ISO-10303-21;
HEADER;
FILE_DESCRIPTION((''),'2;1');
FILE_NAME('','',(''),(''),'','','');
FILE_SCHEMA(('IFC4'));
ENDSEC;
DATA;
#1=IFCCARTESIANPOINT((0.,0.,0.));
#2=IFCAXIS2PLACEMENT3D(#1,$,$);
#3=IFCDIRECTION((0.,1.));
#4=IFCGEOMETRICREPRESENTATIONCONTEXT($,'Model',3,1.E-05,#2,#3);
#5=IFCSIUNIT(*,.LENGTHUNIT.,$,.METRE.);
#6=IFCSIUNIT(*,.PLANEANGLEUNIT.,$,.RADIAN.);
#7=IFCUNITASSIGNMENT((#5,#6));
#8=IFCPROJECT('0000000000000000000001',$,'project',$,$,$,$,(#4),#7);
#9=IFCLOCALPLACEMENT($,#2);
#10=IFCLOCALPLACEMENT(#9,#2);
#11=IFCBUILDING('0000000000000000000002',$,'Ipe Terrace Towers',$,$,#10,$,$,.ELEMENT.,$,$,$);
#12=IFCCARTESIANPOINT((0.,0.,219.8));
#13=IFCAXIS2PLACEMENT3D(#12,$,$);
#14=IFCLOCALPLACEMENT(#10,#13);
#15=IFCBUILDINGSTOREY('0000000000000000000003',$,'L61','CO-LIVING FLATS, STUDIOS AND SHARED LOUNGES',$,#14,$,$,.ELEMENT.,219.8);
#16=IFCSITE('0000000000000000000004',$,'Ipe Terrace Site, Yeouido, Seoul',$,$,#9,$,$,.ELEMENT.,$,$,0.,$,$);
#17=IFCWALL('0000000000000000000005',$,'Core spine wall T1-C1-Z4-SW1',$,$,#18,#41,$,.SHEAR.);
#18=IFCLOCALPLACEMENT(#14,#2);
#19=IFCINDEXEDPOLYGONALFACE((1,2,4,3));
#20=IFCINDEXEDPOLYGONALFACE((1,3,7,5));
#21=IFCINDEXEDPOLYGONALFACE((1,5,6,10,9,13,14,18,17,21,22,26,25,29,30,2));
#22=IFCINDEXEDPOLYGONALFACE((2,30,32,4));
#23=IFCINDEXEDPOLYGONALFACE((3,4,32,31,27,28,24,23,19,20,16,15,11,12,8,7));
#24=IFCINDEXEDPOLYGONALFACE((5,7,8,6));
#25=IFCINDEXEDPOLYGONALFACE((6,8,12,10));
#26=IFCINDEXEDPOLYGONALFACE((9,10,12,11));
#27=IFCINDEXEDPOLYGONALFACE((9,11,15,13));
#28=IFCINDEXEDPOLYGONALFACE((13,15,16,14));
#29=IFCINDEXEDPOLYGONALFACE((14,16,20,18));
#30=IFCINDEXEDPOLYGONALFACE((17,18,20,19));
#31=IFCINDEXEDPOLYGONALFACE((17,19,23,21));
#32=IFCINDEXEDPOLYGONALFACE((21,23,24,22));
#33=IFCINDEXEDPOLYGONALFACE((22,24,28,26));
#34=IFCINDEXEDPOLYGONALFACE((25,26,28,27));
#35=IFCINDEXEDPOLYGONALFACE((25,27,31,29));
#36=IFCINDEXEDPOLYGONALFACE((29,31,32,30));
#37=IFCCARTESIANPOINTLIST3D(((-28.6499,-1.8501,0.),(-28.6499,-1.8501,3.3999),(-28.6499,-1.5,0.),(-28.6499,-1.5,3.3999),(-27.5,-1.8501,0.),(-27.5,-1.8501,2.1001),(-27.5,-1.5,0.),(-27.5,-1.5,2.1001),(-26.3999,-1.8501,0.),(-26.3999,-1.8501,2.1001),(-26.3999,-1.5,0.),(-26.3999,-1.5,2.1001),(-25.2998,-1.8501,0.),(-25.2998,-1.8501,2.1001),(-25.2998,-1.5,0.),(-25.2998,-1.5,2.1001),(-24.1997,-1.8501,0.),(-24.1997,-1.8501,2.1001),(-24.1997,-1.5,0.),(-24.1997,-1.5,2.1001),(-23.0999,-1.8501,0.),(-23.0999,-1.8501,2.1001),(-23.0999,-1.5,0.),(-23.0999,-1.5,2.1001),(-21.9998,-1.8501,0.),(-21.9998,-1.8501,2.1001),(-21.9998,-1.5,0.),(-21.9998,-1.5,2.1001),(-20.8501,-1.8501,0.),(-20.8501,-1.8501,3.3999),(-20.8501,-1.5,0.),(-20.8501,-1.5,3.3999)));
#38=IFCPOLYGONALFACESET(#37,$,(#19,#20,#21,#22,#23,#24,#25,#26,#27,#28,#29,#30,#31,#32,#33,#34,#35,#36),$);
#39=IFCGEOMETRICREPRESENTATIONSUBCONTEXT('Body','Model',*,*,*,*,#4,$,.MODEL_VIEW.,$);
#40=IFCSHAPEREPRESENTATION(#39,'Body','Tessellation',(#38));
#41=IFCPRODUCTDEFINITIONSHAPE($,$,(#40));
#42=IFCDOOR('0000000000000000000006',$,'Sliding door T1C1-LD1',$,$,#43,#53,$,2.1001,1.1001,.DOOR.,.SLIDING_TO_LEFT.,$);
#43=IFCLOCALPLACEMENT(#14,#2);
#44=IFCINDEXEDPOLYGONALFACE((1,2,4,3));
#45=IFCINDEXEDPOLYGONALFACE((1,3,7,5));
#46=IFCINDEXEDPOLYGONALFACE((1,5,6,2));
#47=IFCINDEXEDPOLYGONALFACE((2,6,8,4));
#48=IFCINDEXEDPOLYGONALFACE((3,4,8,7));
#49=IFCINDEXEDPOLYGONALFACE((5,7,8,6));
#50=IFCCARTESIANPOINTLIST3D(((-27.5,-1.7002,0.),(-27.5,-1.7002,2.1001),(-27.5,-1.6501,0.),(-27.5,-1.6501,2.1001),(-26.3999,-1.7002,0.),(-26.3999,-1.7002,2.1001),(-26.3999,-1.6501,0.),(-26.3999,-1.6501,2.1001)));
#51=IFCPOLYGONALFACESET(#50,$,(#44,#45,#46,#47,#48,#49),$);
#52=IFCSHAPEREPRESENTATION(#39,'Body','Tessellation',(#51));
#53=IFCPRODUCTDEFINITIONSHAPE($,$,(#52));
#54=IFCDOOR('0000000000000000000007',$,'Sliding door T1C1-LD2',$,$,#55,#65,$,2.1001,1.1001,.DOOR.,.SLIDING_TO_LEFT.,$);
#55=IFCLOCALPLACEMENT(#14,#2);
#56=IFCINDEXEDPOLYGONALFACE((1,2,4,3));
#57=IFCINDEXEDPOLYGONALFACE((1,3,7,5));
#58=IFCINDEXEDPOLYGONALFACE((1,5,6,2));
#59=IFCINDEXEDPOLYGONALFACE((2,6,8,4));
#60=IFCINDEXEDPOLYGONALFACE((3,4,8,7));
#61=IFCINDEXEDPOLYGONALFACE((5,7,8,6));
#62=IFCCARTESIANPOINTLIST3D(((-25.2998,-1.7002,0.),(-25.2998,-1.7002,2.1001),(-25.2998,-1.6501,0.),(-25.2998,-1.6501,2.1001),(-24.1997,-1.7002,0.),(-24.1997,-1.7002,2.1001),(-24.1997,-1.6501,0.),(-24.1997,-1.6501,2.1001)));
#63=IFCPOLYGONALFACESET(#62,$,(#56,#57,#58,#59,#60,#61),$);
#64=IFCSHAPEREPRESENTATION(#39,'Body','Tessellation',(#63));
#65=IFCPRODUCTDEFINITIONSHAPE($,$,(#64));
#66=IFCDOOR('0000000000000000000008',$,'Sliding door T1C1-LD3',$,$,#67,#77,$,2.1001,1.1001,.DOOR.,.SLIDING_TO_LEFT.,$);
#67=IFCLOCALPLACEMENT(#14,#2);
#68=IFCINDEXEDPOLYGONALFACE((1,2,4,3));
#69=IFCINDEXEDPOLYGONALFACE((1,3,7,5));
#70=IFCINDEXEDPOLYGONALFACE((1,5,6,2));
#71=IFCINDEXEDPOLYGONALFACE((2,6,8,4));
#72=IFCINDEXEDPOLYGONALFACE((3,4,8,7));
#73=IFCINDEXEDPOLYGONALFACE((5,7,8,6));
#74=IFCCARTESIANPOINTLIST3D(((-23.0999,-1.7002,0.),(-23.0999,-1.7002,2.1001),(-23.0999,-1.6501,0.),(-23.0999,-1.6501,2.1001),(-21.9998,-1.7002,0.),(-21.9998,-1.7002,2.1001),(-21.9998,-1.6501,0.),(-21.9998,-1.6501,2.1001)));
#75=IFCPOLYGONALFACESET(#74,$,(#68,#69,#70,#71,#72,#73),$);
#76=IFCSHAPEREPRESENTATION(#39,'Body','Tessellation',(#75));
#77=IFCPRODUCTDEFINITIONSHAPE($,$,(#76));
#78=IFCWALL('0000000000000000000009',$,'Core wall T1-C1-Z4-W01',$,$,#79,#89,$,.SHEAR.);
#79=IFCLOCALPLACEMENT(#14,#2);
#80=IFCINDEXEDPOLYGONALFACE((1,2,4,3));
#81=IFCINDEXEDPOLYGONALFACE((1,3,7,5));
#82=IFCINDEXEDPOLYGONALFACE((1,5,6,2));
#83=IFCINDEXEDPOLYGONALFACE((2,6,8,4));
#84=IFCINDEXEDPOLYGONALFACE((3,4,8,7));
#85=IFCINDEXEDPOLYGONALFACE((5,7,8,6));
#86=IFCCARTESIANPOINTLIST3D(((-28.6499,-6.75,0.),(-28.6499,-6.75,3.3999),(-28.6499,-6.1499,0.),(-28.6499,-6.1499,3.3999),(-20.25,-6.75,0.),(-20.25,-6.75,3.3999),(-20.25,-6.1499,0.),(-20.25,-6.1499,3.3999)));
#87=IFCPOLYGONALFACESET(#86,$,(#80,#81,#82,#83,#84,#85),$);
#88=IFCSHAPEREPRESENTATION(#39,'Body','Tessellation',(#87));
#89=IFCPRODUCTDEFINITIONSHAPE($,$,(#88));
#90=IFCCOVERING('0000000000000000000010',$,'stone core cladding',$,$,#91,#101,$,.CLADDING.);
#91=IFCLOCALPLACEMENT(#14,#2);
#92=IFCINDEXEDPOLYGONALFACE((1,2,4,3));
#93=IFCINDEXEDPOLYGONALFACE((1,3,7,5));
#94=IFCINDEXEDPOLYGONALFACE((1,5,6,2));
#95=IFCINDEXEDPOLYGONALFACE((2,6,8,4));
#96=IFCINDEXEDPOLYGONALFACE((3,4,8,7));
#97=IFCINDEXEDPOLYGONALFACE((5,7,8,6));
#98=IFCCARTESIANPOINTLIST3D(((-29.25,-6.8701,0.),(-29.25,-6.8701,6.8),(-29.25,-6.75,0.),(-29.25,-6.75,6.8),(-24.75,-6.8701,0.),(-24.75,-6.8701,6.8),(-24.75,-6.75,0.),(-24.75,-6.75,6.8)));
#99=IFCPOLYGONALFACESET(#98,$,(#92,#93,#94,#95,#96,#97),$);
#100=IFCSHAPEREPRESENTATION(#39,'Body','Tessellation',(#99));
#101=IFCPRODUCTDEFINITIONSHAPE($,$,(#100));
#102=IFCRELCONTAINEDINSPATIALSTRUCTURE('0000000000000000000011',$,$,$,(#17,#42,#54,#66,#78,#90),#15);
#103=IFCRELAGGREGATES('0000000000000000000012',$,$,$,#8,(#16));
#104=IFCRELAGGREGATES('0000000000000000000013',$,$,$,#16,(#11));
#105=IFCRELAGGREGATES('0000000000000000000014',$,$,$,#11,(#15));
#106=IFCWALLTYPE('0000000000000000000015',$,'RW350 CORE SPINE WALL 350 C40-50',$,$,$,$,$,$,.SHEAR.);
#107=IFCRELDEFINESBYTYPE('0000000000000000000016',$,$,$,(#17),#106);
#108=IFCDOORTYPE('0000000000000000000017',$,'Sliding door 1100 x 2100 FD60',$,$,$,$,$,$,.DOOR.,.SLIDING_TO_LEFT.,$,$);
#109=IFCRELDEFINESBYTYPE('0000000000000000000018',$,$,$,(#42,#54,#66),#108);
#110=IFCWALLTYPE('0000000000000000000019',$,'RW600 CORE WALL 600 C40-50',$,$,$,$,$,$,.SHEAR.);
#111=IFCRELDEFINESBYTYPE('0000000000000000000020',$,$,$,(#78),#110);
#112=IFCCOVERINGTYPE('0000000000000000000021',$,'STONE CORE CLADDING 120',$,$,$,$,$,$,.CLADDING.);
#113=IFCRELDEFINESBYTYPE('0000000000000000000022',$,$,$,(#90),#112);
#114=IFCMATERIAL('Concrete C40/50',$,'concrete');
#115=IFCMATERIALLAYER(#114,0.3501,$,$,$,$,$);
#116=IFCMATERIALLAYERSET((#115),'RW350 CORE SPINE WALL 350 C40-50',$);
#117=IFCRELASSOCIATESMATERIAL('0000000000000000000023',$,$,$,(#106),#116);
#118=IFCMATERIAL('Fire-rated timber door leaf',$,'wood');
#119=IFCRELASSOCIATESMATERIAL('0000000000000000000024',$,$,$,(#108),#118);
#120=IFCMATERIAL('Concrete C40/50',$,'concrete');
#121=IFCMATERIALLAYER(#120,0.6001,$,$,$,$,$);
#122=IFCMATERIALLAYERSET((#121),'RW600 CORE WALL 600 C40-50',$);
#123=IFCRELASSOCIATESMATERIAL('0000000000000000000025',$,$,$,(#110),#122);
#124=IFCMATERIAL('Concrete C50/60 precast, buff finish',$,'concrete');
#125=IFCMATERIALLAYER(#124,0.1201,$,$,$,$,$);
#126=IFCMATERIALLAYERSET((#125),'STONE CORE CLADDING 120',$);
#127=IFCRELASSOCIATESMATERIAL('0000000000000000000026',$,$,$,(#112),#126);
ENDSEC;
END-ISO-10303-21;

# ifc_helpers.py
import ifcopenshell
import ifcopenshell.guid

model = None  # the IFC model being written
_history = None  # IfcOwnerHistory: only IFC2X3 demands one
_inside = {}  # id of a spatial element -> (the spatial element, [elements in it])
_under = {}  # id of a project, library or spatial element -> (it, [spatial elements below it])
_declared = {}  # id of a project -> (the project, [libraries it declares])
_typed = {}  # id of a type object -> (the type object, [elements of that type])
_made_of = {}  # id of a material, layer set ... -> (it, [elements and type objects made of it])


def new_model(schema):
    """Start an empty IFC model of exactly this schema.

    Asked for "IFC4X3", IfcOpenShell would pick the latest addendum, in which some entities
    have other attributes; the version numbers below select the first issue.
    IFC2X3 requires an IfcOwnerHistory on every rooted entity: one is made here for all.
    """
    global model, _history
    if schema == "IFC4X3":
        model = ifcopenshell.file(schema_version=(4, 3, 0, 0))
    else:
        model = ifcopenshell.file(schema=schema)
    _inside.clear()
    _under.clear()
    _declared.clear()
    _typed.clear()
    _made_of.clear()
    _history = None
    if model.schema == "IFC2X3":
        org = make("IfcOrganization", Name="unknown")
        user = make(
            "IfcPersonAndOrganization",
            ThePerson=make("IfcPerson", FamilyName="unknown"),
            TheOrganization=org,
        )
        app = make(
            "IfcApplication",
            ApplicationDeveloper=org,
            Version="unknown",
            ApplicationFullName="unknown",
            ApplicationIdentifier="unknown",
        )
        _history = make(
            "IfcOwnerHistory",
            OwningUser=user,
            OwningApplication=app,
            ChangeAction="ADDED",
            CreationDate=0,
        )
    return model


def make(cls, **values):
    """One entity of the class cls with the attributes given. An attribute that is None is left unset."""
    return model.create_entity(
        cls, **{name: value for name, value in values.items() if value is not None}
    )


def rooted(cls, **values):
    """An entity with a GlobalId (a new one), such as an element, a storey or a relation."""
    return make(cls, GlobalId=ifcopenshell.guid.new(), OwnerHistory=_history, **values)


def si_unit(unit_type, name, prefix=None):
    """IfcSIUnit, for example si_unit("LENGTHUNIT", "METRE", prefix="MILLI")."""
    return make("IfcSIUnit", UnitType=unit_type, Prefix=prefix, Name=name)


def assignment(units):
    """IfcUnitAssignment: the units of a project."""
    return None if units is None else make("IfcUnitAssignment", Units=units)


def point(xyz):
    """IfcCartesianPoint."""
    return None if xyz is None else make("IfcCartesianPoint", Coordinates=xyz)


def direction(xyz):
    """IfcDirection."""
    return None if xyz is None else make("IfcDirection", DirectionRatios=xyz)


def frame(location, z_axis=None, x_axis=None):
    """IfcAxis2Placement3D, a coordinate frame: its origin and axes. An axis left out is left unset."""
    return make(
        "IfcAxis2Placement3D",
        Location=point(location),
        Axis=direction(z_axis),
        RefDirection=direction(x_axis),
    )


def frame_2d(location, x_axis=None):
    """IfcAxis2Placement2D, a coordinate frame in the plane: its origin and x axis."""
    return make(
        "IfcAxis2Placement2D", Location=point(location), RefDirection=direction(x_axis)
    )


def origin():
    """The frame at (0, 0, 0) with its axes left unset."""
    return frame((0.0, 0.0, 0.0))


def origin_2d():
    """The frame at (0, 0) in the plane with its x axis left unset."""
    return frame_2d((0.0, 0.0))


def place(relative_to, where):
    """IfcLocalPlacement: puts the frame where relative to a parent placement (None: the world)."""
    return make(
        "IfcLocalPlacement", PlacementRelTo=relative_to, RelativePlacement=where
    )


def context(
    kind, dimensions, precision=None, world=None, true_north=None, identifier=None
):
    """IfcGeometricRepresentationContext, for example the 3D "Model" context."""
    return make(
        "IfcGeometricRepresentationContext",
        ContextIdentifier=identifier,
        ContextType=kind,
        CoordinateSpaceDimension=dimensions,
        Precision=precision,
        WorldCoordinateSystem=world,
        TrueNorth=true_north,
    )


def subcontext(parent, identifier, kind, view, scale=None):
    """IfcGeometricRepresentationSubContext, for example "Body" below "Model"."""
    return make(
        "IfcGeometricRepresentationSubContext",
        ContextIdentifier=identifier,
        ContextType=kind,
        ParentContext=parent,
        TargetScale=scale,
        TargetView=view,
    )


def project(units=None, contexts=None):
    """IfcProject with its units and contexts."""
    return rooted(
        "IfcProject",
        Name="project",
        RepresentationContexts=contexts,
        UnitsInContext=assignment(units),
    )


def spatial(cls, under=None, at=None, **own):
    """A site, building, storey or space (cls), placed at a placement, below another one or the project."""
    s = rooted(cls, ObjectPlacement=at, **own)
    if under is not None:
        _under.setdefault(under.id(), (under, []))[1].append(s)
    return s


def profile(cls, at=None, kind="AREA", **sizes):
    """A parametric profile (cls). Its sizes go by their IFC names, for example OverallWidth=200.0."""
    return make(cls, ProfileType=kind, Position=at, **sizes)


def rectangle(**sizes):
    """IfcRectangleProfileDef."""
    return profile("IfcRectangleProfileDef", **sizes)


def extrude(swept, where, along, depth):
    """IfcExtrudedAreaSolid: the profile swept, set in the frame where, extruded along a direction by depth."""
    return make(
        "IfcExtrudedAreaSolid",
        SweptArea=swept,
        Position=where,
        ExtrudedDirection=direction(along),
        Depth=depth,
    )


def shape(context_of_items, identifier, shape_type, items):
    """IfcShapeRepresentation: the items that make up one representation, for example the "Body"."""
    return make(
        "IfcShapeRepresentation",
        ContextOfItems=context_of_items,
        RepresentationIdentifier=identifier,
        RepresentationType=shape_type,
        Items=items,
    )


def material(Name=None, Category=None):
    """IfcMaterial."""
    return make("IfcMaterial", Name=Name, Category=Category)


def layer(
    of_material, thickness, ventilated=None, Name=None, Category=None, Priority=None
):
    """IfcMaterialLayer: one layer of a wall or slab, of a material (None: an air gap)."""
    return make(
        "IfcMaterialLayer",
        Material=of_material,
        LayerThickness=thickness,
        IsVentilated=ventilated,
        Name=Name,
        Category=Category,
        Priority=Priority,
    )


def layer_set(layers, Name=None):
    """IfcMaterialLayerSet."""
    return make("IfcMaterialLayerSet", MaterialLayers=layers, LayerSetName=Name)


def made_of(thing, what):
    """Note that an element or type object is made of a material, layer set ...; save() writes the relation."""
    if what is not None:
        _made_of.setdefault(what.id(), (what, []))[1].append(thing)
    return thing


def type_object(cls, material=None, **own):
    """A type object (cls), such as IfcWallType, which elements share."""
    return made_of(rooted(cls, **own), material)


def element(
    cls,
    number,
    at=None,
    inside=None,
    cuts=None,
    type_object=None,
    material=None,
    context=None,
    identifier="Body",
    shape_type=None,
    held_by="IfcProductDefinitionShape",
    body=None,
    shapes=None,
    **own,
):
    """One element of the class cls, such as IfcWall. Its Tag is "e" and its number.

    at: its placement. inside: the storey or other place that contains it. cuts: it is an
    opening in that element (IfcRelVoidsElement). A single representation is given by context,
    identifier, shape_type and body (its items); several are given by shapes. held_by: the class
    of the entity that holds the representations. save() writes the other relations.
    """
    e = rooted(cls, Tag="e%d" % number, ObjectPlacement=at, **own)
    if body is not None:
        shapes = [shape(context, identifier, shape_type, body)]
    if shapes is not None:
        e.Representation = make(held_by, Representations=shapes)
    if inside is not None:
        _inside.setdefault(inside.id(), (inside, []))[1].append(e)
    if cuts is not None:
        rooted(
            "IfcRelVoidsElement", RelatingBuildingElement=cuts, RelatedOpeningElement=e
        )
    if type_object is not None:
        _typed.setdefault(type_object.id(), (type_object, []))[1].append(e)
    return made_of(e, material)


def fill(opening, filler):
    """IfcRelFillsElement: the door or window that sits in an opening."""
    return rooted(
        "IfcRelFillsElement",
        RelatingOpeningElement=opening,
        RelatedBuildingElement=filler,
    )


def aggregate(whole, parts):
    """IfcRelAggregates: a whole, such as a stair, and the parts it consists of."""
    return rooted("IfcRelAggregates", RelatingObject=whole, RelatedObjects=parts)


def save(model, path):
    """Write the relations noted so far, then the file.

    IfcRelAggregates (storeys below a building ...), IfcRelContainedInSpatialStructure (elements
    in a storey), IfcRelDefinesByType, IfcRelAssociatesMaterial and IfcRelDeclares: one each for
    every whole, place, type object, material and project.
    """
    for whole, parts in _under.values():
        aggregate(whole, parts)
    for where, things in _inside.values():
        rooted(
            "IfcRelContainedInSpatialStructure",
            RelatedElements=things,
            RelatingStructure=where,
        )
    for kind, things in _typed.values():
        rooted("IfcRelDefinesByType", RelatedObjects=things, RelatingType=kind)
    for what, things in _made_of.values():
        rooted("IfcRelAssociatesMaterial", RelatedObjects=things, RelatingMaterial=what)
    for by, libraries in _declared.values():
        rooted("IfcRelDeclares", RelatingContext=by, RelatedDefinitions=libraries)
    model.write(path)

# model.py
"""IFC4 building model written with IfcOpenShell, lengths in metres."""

from ifc_helpers import new_model, si_unit, direction, frame, frame_2d, origin, origin_2d, place, context, subcontext, project, spatial, rectangle, extrude, material, layer, layer_set, type_object, element, fill, save


model = new_model("IFC4")

# Units and contexts
model_context = context("Model", 3, precision=1e-05, world=origin(), true_north=direction((0.0, 1.0)))
body_context = subcontext(model_context, "Body", "Model", "MODEL_VIEW")
ifc_project = project(units=[si_unit("LENGTHUNIT", "METRE"), si_unit("PLANEANGLEUNIT", "RADIAN")], contexts=[model_context])

# Site, building, storey
site_placement = place(None, origin())
site = spatial("IfcSite", under=ifc_project, at=site_placement, Name="Ipe Terrace Site, Yeouido, Seoul", CompositionType="ELEMENT", RefElevation=0.0)
building_placement = place(site_placement, origin())
building = spatial("IfcBuilding", under=site, at=building_placement, Name="Ipe Terrace Towers", CompositionType="ELEMENT")
storey_placement = place(building_placement, frame((0.0, 0.0, 219.8)))
storey = spatial("IfcBuildingStorey", under=building, at=storey_placement, Name="L61", Description="CO-LIVING FLATS, STUDIOS AND SHARED LOUNGES", CompositionType="ELEMENT", Elevation=219.8)

# Wall, openings, doors
ifc_material_1 = material(Name="Concrete C40/50", Category="concrete")
ifc_layer_1 = layer(ifc_material_1, 0.3501)
ifc_layer_set_1 = layer_set([ifc_layer_1], Name="RW350 CORE SPINE WALL 350 C40-50")
wall_type_1 = type_object("IfcWallType", Name="RW350 CORE SPINE WALL 350 C40-50", PredefinedType="SHEAR", material=ifc_layer_set_1)
wall_1_placement = place(storey_placement, frame((-28.6499, -1.675, 0.0), z_axis=(0.0, 0.0, 1.0), x_axis=(1.0, 0.0, 0.0)))
wall_1 = element("IfcWall", 1, at=wall_1_placement, inside=storey, type_object=wall_type_1, Name="Core spine wall T1-C1-Z4-SW1", PredefinedType="SHEAR", context=body_context, shape_type="SweptSolid", body=[
    extrude(rectangle(XDim=7.7998, YDim=0.3501, at=frame_2d((3.8999, 0.0))), origin(), (0.0, 0.0, 1.0), 3.3999),
])
opening_1_placement = place(wall_1_placement, frame((1.1499, 0.0, 0.0)))
opening_1 = element("IfcOpeningElement", 2, at=opening_1_placement, cuts=wall_1, PredefinedType="OPENING", context=body_context, shape_type="SweptSolid", body=[
    extrude(rectangle(XDim=1.1001, YDim=2.1001, at=frame_2d((0.55, 1.05))), frame((0.0, 0.1851, 0.0), z_axis=(0.0, -1.0, 0.0), x_axis=(1.0, 0.0, 0.0)), (0.0, 0.0, 1.0), 0.3701),
])
opening_2_placement = place(wall_1_placement, frame((3.3501, 0.0, 0.0)))
opening_2 = element("IfcOpeningElement", 3, at=opening_2_placement, cuts=wall_1, PredefinedType="OPENING", context=body_context, shape_type="SweptSolid", body=[
    extrude(rectangle(XDim=1.1001, YDim=2.1001, at=frame_2d((0.55, 1.05))), frame((0.0, 0.1851, 0.0), z_axis=(0.0, -1.0, 0.0), x_axis=(1.0, 0.0, 0.0)), (0.0, 0.0, 1.0), 0.3701),
])
opening_3_placement = place(wall_1_placement, frame((5.55, 0.0, 0.0)))
opening_3 = element("IfcOpeningElement", 4, at=opening_3_placement, cuts=wall_1, PredefinedType="OPENING", context=body_context, shape_type="SweptSolid", body=[
    extrude(rectangle(XDim=1.1001, YDim=2.1001, at=frame_2d((0.55, 1.05))), frame((0.0, 0.1851, 0.0), z_axis=(0.0, -1.0, 0.0), x_axis=(1.0, 0.0, 0.0)), (0.0, 0.0, 1.0), 0.3701),
])
ifc_material_2 = material(Name="Fire-rated timber door leaf", Category="wood")
door_type_1 = type_object("IfcDoorType", Name="Sliding door 1100 x 2100 FD60", OperationType="SLIDING_TO_LEFT", PredefinedType="DOOR", material=ifc_material_2)
door_1_placement = place(opening_1_placement, origin())
door_1 = element("IfcDoor", 5, at=door_1_placement, inside=storey, type_object=door_type_1, Name="Sliding door T1C1-LD1", OperationType="SLIDING_TO_LEFT", OverallHeight=2.1001, OverallWidth=1.1001, PredefinedType="DOOR", context=body_context, shape_type="SweptSolid", body=[
    extrude(rectangle(XDim=1.1001, YDim=2.1001, at=frame_2d((0.55, 1.05))), frame((0.0, 0.0249, 0.0), z_axis=(0.0, -1.0, 0.0), x_axis=(1.0, 0.0, 0.0)), (0.0, 0.0, 1.0), 0.05),
])
fill(opening_1, door_1)
door_2_placement = place(opening_2_placement, origin())
door_2 = element("IfcDoor", 6, at=door_2_placement, inside=storey, type_object=door_type_1, Name="Sliding door T1C1-LD2", OperationType="SLIDING_TO_LEFT", OverallHeight=2.1001, OverallWidth=1.1001, PredefinedType="DOOR", context=body_context, shape_type="SweptSolid", body=[
    extrude(rectangle(XDim=1.1001, YDim=2.1001, at=frame_2d((0.55, 1.05))), frame((0.0, 0.0249, 0.0), z_axis=(0.0, -1.0, 0.0), x_axis=(1.0, 0.0, 0.0)), (0.0, 0.0, 1.0), 0.05),
])
fill(opening_2, door_2)
door_3_placement = place(opening_3_placement, origin())
door_3 = element("IfcDoor", 7, at=door_3_placement, inside=storey, type_object=door_type_1, Name="Sliding door T1C1-LD3", OperationType="SLIDING_TO_LEFT", OverallHeight=2.1001, OverallWidth=1.1001, PredefinedType="DOOR", context=body_context, shape_type="SweptSolid", body=[
    extrude(rectangle(XDim=1.1001, YDim=2.1001, at=frame_2d((0.55, 1.05))), frame((0.0, 0.0249, 0.0), z_axis=(0.0, -1.0, 0.0), x_axis=(1.0, 0.0, 0.0)), (0.0, 0.0, 1.0), 0.05),
])
fill(opening_3, door_3)

# Wall
ifc_material_3 = material(Name="Concrete C40/50", Category="concrete")
ifc_layer_2 = layer(ifc_material_3, 0.6001)
ifc_layer_set_2 = layer_set([ifc_layer_2], Name="RW600 CORE WALL 600 C40-50")
wall_type_2 = type_object("IfcWallType", Name="RW600 CORE WALL 600 C40-50", PredefinedType="SHEAR", material=ifc_layer_set_2)
wall_2_placement = place(storey_placement, frame((-28.6499, -6.45, 0.0), z_axis=(0.0, 0.0, 1.0), x_axis=(1.0, 0.0, 0.0)))
element("IfcWall", 8, at=wall_2_placement, inside=storey, type_object=wall_type_2, Name="Core wall T1-C1-Z4-W01", PredefinedType="SHEAR", context=body_context, shape_type="SweptSolid", body=[
    extrude(rectangle(XDim=8.3999, YDim=0.6001, at=frame_2d((4.2, 0.0))), origin(), (0.0, 0.0, 1.0), 3.3999),
])

# Covering
ifc_material_4 = material(Name="Concrete C50/60 precast, buff finish", Category="concrete")
ifc_layer_3 = layer(ifc_material_4, 0.1201)
ifc_layer_set_3 = layer_set([ifc_layer_3], Name="STONE CORE CLADDING 120")
covering_type = type_object("IfcCoveringType", Name="STONE CORE CLADDING 120", PredefinedType="CLADDING", material=ifc_layer_set_3)
covering_placement = place(storey_placement, frame((-27.0, -6.8101, 0.0), z_axis=(0.0, 0.0, 1.0), x_axis=(1.0, 0.0, 0.0)))
element("IfcCovering", 9, at=covering_placement, inside=storey, type_object=covering_type, Name="stone core cladding", PredefinedType="CLADDING", context=body_context, shape_type="SweptSolid", body=[
    extrude(rectangle(XDim=4.5, YDim=0.1201, at=origin_2d()), origin(), (0.0, 0.0, 1.0), 6.8),
])

save(model, "model.ifc")
